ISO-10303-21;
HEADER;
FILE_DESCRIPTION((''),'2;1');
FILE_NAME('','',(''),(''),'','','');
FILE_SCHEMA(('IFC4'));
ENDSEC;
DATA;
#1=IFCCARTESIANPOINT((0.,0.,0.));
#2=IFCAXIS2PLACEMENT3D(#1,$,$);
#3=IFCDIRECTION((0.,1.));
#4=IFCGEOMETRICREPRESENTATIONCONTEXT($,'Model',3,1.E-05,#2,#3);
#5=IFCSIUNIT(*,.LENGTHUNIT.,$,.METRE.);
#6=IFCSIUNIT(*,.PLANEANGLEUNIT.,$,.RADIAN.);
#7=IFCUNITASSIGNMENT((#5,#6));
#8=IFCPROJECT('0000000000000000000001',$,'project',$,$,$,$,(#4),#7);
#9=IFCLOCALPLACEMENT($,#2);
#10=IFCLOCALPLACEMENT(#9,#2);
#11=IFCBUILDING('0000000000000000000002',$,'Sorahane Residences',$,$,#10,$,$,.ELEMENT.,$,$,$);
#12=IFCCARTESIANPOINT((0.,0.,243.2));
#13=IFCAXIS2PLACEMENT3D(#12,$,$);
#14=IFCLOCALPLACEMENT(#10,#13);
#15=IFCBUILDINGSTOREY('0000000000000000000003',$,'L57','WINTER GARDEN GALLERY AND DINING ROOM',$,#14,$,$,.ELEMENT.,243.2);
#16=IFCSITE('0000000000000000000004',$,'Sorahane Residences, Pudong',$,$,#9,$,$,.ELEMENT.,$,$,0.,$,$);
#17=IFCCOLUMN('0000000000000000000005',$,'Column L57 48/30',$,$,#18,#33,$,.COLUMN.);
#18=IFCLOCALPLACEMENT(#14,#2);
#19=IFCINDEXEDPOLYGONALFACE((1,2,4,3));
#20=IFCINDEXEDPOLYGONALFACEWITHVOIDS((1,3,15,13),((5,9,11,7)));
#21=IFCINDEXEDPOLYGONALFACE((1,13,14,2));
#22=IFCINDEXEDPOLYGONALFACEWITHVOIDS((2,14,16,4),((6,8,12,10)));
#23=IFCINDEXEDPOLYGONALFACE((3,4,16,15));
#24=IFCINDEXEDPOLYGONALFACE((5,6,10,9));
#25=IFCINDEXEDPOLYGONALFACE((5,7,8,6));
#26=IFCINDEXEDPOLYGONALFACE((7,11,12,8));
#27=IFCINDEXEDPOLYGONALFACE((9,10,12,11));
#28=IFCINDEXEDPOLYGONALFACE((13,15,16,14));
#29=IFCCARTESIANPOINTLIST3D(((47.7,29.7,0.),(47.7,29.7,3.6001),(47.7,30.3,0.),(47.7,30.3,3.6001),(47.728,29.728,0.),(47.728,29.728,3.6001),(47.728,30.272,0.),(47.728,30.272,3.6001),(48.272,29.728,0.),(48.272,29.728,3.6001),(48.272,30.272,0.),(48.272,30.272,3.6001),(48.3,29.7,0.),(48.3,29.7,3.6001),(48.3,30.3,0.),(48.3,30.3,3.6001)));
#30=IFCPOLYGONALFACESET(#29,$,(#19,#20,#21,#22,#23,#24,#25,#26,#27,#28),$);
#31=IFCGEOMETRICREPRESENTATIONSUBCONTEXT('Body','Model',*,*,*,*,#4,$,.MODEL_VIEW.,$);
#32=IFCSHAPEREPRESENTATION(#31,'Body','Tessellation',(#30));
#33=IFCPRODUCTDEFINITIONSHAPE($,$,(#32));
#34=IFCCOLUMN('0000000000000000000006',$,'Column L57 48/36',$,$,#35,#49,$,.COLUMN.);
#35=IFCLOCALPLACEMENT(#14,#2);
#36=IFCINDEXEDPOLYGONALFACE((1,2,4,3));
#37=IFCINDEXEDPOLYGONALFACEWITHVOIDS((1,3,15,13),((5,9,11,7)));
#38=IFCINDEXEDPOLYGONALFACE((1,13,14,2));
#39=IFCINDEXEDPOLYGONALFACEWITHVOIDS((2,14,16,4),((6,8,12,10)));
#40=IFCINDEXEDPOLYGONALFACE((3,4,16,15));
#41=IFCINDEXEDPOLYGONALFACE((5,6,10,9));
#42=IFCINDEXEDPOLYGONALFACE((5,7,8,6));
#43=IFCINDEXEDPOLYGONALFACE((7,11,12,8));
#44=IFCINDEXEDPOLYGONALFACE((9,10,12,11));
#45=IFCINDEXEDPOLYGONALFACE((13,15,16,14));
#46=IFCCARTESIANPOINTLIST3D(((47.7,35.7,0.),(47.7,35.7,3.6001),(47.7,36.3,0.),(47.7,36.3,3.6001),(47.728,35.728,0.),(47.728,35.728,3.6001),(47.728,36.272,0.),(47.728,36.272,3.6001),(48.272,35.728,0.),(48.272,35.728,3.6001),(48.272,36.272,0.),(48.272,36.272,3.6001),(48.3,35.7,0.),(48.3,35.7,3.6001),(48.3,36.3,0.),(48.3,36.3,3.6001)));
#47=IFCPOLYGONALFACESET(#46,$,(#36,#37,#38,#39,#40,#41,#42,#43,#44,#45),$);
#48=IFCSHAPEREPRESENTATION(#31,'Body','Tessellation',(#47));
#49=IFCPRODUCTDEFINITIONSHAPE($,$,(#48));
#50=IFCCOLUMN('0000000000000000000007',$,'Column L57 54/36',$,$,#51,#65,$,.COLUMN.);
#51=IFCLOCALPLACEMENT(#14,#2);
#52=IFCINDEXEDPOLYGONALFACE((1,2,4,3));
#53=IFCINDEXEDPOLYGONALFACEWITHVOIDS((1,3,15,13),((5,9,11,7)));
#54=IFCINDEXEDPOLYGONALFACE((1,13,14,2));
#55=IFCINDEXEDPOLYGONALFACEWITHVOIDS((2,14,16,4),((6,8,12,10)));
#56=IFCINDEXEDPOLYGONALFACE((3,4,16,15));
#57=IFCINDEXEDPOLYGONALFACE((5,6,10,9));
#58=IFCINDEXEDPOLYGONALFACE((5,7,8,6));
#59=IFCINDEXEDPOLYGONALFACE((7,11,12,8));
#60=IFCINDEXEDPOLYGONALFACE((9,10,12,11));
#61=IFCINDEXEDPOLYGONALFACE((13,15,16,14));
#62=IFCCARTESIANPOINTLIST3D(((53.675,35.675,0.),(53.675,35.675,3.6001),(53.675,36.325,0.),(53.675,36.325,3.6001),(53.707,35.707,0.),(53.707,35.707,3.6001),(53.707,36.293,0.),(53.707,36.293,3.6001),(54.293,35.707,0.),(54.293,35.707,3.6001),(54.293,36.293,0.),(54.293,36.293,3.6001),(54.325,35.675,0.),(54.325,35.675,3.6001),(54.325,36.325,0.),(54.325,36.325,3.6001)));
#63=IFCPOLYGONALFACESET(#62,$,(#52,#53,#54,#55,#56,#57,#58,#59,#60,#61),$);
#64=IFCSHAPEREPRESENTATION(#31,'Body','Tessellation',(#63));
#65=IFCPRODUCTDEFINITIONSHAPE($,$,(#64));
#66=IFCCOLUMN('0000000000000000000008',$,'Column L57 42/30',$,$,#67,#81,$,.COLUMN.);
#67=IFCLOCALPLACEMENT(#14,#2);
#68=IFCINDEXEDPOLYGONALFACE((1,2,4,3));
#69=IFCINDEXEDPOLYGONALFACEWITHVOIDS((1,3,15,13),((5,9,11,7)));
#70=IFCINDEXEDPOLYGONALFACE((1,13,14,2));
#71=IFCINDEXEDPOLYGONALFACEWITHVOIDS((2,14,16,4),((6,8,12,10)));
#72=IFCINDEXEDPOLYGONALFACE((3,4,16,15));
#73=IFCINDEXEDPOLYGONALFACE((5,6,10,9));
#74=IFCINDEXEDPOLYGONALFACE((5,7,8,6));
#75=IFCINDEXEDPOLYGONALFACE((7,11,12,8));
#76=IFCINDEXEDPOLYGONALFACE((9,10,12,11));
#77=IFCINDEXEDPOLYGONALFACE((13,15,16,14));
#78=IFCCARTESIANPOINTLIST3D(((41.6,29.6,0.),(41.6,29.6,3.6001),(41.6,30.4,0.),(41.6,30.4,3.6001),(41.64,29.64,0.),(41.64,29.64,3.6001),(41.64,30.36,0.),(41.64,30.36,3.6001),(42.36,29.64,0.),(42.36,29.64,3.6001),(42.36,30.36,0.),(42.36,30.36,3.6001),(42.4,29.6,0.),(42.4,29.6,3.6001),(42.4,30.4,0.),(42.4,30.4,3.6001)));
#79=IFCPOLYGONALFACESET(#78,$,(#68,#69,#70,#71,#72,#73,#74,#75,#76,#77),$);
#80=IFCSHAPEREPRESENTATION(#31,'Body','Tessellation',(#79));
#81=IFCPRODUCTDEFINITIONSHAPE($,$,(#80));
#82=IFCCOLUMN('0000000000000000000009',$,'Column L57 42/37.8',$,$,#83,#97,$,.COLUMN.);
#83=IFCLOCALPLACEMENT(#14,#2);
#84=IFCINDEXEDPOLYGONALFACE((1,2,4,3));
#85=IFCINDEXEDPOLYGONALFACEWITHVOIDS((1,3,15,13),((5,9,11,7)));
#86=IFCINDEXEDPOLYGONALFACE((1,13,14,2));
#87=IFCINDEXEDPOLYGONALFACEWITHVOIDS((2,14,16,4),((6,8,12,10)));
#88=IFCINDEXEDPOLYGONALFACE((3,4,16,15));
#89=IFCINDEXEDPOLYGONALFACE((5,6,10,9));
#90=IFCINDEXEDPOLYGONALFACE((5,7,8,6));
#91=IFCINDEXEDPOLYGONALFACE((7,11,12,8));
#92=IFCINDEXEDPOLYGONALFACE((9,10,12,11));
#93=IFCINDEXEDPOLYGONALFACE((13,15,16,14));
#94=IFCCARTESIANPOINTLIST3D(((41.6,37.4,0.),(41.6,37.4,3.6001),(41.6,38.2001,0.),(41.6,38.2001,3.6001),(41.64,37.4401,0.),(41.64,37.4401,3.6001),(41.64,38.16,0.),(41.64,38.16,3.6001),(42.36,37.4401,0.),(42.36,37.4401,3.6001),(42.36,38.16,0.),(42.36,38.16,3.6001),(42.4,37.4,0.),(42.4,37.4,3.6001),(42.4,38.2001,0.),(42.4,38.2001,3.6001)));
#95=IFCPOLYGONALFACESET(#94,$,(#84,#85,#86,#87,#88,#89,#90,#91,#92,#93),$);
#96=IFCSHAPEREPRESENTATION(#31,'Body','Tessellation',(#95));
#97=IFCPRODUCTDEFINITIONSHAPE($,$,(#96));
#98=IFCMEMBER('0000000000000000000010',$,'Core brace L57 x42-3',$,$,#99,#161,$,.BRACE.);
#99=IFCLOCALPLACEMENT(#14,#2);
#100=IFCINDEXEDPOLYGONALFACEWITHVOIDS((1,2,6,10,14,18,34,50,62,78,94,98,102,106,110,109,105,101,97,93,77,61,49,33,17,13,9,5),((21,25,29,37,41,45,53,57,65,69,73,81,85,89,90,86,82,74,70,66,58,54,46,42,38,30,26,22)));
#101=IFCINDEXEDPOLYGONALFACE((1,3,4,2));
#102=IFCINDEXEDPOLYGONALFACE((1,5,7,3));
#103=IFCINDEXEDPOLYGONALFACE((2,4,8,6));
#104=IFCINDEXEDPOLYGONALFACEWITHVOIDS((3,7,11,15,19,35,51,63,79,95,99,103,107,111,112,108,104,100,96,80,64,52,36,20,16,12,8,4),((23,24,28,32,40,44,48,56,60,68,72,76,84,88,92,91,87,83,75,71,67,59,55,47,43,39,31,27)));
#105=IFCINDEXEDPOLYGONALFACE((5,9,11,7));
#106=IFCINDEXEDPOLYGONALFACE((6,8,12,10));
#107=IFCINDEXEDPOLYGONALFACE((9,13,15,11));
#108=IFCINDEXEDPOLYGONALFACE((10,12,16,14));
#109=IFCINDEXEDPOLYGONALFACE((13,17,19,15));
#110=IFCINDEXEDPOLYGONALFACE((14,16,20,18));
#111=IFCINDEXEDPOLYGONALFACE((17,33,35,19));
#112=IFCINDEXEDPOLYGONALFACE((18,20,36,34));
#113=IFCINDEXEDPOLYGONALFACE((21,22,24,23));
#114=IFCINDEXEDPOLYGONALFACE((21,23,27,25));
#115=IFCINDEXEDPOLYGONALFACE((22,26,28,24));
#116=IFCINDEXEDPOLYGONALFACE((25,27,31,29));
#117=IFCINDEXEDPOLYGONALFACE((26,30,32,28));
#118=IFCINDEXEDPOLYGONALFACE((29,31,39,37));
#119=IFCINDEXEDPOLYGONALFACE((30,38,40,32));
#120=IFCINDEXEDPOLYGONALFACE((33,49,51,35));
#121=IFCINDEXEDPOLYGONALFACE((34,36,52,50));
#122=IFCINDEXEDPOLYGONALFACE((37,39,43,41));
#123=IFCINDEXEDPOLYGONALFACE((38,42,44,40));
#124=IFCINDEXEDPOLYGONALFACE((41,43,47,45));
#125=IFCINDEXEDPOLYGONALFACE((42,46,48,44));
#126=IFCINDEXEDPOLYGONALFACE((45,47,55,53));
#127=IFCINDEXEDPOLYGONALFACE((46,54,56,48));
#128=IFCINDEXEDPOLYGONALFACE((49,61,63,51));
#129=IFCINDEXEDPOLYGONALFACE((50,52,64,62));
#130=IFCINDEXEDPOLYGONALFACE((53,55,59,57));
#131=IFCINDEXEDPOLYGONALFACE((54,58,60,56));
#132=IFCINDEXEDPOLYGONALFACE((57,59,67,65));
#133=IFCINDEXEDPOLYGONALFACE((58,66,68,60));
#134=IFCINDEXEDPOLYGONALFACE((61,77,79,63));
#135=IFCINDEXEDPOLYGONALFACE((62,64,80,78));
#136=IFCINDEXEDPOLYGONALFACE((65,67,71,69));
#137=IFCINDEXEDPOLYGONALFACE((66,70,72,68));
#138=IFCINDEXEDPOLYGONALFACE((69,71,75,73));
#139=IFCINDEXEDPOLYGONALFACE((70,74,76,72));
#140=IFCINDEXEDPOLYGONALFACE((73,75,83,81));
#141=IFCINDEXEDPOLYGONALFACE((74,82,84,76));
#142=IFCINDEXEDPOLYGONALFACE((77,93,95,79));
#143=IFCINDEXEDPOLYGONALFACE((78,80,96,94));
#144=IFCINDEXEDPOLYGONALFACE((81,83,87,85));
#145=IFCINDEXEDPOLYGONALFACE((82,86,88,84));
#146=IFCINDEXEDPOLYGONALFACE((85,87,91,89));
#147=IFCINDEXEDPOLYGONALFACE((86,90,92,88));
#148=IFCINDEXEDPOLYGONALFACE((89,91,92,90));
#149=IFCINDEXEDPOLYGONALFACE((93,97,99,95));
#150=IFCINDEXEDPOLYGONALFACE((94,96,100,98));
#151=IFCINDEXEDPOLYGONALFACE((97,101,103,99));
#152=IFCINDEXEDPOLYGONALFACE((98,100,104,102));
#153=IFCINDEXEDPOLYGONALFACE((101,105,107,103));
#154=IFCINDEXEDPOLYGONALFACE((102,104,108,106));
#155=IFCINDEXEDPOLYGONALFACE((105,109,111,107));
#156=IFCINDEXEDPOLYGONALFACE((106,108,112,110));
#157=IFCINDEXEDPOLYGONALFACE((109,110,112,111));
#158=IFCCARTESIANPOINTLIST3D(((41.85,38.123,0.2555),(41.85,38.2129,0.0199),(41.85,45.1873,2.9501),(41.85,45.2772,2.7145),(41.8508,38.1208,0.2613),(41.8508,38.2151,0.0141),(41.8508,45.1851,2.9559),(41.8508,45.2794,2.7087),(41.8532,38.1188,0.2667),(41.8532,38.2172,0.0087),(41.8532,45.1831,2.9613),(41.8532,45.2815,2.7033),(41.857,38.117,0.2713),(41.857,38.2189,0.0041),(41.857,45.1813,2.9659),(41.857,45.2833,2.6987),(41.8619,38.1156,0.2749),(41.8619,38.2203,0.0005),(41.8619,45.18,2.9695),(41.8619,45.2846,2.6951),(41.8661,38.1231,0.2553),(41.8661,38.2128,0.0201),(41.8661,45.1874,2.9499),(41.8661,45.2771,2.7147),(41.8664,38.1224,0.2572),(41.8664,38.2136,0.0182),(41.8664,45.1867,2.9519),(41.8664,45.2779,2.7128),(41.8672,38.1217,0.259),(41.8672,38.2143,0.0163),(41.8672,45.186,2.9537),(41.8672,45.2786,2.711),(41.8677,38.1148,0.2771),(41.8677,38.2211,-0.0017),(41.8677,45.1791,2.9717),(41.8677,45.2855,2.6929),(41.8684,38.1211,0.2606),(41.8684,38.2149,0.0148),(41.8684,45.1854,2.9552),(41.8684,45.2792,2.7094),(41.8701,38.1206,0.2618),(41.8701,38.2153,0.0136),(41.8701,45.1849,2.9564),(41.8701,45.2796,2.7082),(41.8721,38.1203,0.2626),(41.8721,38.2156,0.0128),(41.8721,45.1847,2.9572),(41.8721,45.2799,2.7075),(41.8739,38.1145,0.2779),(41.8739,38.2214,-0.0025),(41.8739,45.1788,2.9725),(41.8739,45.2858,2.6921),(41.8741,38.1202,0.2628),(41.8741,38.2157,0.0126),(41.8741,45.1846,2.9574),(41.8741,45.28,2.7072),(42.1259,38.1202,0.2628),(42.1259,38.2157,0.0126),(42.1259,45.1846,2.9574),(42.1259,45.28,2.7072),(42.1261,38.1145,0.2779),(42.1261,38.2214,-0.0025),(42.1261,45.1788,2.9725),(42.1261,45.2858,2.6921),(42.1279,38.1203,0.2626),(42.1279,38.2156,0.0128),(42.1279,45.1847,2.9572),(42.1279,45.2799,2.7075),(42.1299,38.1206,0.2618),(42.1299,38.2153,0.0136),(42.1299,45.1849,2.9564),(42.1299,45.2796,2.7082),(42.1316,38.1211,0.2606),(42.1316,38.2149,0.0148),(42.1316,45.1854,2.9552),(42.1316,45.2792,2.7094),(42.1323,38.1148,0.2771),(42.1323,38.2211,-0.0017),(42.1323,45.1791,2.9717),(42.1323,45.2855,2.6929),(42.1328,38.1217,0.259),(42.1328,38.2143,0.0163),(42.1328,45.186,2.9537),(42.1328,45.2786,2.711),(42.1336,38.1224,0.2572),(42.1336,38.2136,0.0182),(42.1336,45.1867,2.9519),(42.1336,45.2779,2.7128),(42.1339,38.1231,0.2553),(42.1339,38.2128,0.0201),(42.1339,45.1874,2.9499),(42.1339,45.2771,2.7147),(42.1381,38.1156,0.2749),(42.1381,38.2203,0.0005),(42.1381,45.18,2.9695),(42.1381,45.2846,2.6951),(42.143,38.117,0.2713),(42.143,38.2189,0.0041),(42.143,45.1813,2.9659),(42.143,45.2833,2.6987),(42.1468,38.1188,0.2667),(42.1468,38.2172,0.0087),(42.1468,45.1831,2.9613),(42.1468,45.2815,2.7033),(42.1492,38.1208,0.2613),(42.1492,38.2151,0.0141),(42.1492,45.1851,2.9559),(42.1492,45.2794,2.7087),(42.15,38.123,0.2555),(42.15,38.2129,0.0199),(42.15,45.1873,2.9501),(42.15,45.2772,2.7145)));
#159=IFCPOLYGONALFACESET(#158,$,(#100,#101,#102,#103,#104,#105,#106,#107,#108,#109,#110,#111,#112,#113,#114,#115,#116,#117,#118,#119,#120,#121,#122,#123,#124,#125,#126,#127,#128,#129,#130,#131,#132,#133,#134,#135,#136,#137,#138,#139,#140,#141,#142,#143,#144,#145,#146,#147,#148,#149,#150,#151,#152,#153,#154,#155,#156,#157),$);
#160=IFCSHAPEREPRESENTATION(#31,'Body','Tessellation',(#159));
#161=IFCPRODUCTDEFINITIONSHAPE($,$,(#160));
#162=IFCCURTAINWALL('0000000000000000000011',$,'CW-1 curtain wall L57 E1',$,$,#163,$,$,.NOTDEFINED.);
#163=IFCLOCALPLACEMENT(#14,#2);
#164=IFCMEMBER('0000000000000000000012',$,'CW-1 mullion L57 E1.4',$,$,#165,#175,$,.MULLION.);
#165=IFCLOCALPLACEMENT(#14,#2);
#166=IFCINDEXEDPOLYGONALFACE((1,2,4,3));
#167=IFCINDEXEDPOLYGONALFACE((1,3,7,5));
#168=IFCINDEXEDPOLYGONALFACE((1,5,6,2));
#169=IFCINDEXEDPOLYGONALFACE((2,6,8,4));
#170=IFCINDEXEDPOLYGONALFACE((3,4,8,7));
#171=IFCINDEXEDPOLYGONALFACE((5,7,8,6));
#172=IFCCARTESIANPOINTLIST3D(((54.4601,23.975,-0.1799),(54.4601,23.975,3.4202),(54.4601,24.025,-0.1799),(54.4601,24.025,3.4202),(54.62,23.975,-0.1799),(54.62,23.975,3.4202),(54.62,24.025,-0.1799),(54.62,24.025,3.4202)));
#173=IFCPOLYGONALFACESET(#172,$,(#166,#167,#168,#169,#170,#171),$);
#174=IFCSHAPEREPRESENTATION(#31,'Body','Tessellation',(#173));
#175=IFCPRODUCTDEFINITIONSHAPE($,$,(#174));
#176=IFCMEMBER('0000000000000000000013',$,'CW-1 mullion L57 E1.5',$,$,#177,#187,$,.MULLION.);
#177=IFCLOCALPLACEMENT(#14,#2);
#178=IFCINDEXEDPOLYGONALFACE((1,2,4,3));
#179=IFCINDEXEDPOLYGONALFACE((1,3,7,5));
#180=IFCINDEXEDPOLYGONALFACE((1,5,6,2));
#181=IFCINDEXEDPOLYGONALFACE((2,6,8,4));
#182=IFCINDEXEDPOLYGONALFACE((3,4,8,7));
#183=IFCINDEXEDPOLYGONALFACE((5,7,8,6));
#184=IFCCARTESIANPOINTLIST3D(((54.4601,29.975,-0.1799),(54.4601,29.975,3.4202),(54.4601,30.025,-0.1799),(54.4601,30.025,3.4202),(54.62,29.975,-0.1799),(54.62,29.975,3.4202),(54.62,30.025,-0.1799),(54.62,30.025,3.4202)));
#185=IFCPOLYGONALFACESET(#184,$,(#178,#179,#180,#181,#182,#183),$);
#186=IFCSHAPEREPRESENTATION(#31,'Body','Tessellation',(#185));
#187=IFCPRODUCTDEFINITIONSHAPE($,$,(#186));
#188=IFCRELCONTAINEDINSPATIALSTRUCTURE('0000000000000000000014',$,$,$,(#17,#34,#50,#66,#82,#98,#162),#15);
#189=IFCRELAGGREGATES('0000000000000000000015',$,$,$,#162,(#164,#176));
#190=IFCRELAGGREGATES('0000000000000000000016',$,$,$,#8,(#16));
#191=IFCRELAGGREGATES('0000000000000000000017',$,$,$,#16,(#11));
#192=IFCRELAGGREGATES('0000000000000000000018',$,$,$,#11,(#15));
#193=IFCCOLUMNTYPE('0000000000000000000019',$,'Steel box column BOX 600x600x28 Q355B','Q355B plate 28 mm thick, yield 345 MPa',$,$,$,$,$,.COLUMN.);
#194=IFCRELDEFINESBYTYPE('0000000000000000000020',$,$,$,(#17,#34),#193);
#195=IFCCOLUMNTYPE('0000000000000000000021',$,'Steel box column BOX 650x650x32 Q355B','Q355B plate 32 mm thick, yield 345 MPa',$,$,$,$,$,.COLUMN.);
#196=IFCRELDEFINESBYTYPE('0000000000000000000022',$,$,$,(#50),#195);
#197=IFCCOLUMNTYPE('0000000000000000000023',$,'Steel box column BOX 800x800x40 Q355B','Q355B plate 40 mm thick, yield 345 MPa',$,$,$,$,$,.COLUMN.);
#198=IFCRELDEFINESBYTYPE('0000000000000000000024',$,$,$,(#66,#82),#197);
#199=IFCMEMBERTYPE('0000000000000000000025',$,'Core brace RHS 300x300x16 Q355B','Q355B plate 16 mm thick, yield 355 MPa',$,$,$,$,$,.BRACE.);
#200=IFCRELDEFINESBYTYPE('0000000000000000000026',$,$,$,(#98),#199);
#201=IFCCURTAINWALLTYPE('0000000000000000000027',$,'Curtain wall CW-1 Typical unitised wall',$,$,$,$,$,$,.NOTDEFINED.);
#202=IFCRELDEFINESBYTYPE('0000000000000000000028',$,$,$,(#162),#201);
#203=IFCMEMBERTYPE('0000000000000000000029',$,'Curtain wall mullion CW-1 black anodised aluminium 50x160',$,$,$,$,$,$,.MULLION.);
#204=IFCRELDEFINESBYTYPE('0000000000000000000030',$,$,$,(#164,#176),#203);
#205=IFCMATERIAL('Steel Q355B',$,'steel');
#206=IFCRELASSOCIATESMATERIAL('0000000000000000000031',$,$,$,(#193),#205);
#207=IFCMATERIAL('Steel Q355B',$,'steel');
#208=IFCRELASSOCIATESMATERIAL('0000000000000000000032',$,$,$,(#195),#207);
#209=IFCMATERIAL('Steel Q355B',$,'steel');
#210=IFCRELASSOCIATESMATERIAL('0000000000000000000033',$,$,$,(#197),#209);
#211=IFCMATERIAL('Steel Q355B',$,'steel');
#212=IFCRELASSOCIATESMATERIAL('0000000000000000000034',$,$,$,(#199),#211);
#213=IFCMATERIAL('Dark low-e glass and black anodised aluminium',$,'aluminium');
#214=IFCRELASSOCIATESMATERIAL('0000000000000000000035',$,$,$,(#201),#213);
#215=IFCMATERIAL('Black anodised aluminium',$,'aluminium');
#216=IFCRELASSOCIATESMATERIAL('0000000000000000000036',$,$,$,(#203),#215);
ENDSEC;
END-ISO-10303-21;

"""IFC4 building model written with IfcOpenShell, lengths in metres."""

from ifc_helpers import new_model, si_unit, direction, frame, origin, origin_2d, place, context, subcontext, project, spatial, rectangle, hollow_rectangle, extrude, material, material_profile, profile_set, type_object, element, aggregate, save


model = new_model("IFC4")

# Units and contexts
model_context = context("Model", 3, precision=1e-05, world=origin(), true_north=direction((0.0, 1.0)))
body_context = subcontext(model_context, "Body", "Model", "MODEL_VIEW")
ifc_project = project(units=[si_unit("LENGTHUNIT", "METRE"), si_unit("PLANEANGLEUNIT", "RADIAN")], contexts=[model_context])

# Site, building, storey
site_placement = place(None, origin())
site = spatial("IfcSite", under=ifc_project, at=site_placement, Name="Sorahane Residences, Pudong", CompositionType="ELEMENT", RefElevation=0.0)
building_placement = place(site_placement, origin())
building = spatial("IfcBuilding", under=site, at=building_placement, Name="Sorahane Residences", CompositionType="ELEMENT")
storey_placement = place(building_placement, frame((0.0, 0.0, 243.2)))
storey = spatial("IfcBuildingStorey", under=building, at=storey_placement, Name="L57", Description="WINTER GARDEN GALLERY AND DINING ROOM", CompositionType="ELEMENT", Elevation=243.2)

# Columns
ifc_material_1 = material(Name="Steel Q355B", Category="steel")
ifc_material_profile_1 = material_profile(ifc_material_1, hollow_rectangle(XDim=0.6001, YDim=0.6001, WallThickness=0.0281, at=origin_2d()), Name="BOX 600x600x28")
ifc_profile_set_1 = profile_set([ifc_material_profile_1], Name="Steel Q355B")
column_type_1 = type_object("IfcColumnType", Name="Steel box column BOX 600x600x28 Q355B", Description="Q355B plate 28 mm thick, yield 345 MPa", PredefinedType="COLUMN", material=ifc_profile_set_1)
for number, where, z_axis, x_axis, name in (
    (1, (48.0, 30.0, 0.0), (0.0, 0.0, 1.0), (1.0, 0.0, 0.0), "Column L57 48/30"),
    (2, (48.0, 36.0, 0.0), (0.0, 0.0, 1.0), (1.0, 0.0, 0.0), "Column L57 48/36"),
):
    element("IfcColumn", number, at=place(storey_placement, frame(where, z_axis=z_axis, x_axis=x_axis)), inside=storey, type_object=column_type_1, Name=name, PredefinedType="COLUMN", context=body_context, shape_type="SweptSolid", body=[
        extrude(hollow_rectangle(XDim=0.6001, YDim=0.6001, WallThickness=0.0281, at=origin_2d()), origin(), (0.0, 0.0, 1.0), 3.6001),
    ])
ifc_material_2 = material(Name="Steel Q355B", Category="steel")
ifc_material_profile_2 = material_profile(ifc_material_2, hollow_rectangle(XDim=0.6499, YDim=0.6499, WallThickness=0.032, at=origin_2d()), Name="BOX 650x650x32")
ifc_profile_set_2 = profile_set([ifc_material_profile_2], Name="Steel Q355B")
column_type_2 = type_object("IfcColumnType", Name="Steel box column BOX 650x650x32 Q355B", Description="Q355B plate 32 mm thick, yield 345 MPa", PredefinedType="COLUMN", material=ifc_profile_set_2)
column_placement = place(storey_placement, frame((54.0, 36.0, 0.0), z_axis=(0.0, 0.0, 1.0), x_axis=(1.0, 0.0, 0.0)))
element("IfcColumn", 3, at=column_placement, inside=storey, type_object=column_type_2, Name="Column L57 54/36", PredefinedType="COLUMN", context=body_context, shape_type="SweptSolid", body=[
    extrude(hollow_rectangle(XDim=0.6499, YDim=0.6499, WallThickness=0.032, at=origin_2d()), origin(), (0.0, 0.0, 1.0), 3.6001),
])
ifc_material_3 = material(Name="Steel Q355B", Category="steel")
ifc_material_profile_3 = material_profile(ifc_material_3, hollow_rectangle(XDim=0.8, YDim=0.8, WallThickness=0.04, at=origin_2d()), Name="BOX 800x800x40")
ifc_profile_set_3 = profile_set([ifc_material_profile_3], Name="Steel Q355B")
column_type_3 = type_object("IfcColumnType", Name="Steel box column BOX 800x800x40 Q355B", Description="Q355B plate 40 mm thick, yield 345 MPa", PredefinedType="COLUMN", material=ifc_profile_set_3)
for number, where, z_axis, x_axis, name in (
    (4, (42.0, 30.0, 0.0), (0.0, 0.0, 1.0), (1.0, 0.0, 0.0), "Column L57 42/30"),
    (5, (42.0, 37.8, 0.0), (0.0, 0.0, 1.0), (1.0, 0.0, 0.0), "Column L57 42/37.8"),
):
    element("IfcColumn", number, at=place(storey_placement, frame(where, z_axis=z_axis, x_axis=x_axis)), inside=storey, type_object=column_type_3, Name=name, PredefinedType="COLUMN", context=body_context, shape_type="SweptSolid", body=[
        extrude(hollow_rectangle(XDim=0.8, YDim=0.8, WallThickness=0.04, at=origin_2d()), origin(), (0.0, 0.0, 1.0), 3.6001),
    ])

# Member
ifc_material_4 = material(Name="Steel Q355B", Category="steel")
ifc_material_profile_4 = material_profile(ifc_material_4, hollow_rectangle(XDim=0.3, YDim=0.3, WallThickness=0.0161, InnerFilletRadius=0.0081, OuterFilletRadius=0.0239, at=origin_2d()), Name="RHS 300x300x16")
ifc_profile_set_4 = profile_set([ifc_material_profile_4], Name="Steel Q355B")
member_type_1 = type_object("IfcMemberType", Name="Core brace RHS 300x300x16 Q355B", Description="Q355B plate 16 mm thick, yield 355 MPa", PredefinedType="BRACE", material=ifc_profile_set_4)
member_1_placement = place(storey_placement, frame((42.0, 38.168, 0.1377), z_axis=(0.0, 0.934336, 0.356394), x_axis=(-1.0, 0.0, 0.0)))
element("IfcMember", 6, at=member_1_placement, inside=storey, type_object=member_type_1, Name="Core brace L57 x42-3", PredefinedType="BRACE", context=body_context, shape_type="SweptSolid", body=[
    extrude(hollow_rectangle(XDim=0.3, YDim=0.3, WallThickness=0.0161, InnerFilletRadius=0.0081, OuterFilletRadius=0.0239, at=origin_2d()), origin(), (0.0, 0.0, 1.0), 7.5608),
])

# Curtain wall, members
ifc_material_5 = material(Name="Dark low-e glass and black anodised aluminium", Category="aluminium")
curtain_wall_type = type_object("IfcCurtainWallType", Name="Curtain wall CW-1 Typical unitised wall", PredefinedType="NOTDEFINED", material=ifc_material_5)
curtain_wall_placement = place(storey_placement, origin())
curtain_wall = element("IfcCurtainWall", 7, at=curtain_wall_placement, inside=storey, type_object=curtain_wall_type, Name="CW-1 curtain wall L57 E1", PredefinedType="NOTDEFINED")
ifc_material_6 = material(Name="Black anodised aluminium", Category="aluminium")
ifc_material_profile_5 = material_profile(ifc_material_6, rectangle(XDim=0.1599, YDim=0.05, at=origin_2d()), Name="Curtain wall mullion CW-1 black anodised aluminium 50x160")
ifc_profile_set_5 = profile_set([ifc_material_profile_5], Name="Black anodised aluminium")
member_type_2 = type_object("IfcMemberType", Name="Curtain wall mullion CW-1 black anodised aluminium 50x160", PredefinedType="MULLION", material=ifc_profile_set_5)
member_2_placement = place(storey_placement, frame((54.54, 24.0, -0.1799), z_axis=(0.0, 0.0, 1.0), x_axis=(1.0, 0.0, 0.0)))
member_2 = element("IfcMember", 8, at=member_2_placement, type_object=member_type_2, Name="CW-1 mullion L57 E1.4", PredefinedType="MULLION", context=body_context, shape_type="SweptSolid", body=[
    extrude(rectangle(XDim=0.1599, YDim=0.05, at=origin_2d()), origin(), (0.0, 0.0, 1.0), 3.6001),
])
member_3_placement = place(storey_placement, frame((54.54, 30.0, -0.1799), z_axis=(0.0, 0.0, 1.0), x_axis=(1.0, 0.0, 0.0)))
member_3 = element("IfcMember", 9, at=member_3_placement, type_object=member_type_2, Name="CW-1 mullion L57 E1.5", PredefinedType="MULLION", context=body_context, shape_type="SweptSolid", body=[
    extrude(rectangle(XDim=0.1599, YDim=0.05, at=origin_2d()), origin(), (0.0, 0.0, 1.0), 3.6001),
])

aggregate(curtain_wall, [member_2, member_3])

save(model, "model.ifc")
